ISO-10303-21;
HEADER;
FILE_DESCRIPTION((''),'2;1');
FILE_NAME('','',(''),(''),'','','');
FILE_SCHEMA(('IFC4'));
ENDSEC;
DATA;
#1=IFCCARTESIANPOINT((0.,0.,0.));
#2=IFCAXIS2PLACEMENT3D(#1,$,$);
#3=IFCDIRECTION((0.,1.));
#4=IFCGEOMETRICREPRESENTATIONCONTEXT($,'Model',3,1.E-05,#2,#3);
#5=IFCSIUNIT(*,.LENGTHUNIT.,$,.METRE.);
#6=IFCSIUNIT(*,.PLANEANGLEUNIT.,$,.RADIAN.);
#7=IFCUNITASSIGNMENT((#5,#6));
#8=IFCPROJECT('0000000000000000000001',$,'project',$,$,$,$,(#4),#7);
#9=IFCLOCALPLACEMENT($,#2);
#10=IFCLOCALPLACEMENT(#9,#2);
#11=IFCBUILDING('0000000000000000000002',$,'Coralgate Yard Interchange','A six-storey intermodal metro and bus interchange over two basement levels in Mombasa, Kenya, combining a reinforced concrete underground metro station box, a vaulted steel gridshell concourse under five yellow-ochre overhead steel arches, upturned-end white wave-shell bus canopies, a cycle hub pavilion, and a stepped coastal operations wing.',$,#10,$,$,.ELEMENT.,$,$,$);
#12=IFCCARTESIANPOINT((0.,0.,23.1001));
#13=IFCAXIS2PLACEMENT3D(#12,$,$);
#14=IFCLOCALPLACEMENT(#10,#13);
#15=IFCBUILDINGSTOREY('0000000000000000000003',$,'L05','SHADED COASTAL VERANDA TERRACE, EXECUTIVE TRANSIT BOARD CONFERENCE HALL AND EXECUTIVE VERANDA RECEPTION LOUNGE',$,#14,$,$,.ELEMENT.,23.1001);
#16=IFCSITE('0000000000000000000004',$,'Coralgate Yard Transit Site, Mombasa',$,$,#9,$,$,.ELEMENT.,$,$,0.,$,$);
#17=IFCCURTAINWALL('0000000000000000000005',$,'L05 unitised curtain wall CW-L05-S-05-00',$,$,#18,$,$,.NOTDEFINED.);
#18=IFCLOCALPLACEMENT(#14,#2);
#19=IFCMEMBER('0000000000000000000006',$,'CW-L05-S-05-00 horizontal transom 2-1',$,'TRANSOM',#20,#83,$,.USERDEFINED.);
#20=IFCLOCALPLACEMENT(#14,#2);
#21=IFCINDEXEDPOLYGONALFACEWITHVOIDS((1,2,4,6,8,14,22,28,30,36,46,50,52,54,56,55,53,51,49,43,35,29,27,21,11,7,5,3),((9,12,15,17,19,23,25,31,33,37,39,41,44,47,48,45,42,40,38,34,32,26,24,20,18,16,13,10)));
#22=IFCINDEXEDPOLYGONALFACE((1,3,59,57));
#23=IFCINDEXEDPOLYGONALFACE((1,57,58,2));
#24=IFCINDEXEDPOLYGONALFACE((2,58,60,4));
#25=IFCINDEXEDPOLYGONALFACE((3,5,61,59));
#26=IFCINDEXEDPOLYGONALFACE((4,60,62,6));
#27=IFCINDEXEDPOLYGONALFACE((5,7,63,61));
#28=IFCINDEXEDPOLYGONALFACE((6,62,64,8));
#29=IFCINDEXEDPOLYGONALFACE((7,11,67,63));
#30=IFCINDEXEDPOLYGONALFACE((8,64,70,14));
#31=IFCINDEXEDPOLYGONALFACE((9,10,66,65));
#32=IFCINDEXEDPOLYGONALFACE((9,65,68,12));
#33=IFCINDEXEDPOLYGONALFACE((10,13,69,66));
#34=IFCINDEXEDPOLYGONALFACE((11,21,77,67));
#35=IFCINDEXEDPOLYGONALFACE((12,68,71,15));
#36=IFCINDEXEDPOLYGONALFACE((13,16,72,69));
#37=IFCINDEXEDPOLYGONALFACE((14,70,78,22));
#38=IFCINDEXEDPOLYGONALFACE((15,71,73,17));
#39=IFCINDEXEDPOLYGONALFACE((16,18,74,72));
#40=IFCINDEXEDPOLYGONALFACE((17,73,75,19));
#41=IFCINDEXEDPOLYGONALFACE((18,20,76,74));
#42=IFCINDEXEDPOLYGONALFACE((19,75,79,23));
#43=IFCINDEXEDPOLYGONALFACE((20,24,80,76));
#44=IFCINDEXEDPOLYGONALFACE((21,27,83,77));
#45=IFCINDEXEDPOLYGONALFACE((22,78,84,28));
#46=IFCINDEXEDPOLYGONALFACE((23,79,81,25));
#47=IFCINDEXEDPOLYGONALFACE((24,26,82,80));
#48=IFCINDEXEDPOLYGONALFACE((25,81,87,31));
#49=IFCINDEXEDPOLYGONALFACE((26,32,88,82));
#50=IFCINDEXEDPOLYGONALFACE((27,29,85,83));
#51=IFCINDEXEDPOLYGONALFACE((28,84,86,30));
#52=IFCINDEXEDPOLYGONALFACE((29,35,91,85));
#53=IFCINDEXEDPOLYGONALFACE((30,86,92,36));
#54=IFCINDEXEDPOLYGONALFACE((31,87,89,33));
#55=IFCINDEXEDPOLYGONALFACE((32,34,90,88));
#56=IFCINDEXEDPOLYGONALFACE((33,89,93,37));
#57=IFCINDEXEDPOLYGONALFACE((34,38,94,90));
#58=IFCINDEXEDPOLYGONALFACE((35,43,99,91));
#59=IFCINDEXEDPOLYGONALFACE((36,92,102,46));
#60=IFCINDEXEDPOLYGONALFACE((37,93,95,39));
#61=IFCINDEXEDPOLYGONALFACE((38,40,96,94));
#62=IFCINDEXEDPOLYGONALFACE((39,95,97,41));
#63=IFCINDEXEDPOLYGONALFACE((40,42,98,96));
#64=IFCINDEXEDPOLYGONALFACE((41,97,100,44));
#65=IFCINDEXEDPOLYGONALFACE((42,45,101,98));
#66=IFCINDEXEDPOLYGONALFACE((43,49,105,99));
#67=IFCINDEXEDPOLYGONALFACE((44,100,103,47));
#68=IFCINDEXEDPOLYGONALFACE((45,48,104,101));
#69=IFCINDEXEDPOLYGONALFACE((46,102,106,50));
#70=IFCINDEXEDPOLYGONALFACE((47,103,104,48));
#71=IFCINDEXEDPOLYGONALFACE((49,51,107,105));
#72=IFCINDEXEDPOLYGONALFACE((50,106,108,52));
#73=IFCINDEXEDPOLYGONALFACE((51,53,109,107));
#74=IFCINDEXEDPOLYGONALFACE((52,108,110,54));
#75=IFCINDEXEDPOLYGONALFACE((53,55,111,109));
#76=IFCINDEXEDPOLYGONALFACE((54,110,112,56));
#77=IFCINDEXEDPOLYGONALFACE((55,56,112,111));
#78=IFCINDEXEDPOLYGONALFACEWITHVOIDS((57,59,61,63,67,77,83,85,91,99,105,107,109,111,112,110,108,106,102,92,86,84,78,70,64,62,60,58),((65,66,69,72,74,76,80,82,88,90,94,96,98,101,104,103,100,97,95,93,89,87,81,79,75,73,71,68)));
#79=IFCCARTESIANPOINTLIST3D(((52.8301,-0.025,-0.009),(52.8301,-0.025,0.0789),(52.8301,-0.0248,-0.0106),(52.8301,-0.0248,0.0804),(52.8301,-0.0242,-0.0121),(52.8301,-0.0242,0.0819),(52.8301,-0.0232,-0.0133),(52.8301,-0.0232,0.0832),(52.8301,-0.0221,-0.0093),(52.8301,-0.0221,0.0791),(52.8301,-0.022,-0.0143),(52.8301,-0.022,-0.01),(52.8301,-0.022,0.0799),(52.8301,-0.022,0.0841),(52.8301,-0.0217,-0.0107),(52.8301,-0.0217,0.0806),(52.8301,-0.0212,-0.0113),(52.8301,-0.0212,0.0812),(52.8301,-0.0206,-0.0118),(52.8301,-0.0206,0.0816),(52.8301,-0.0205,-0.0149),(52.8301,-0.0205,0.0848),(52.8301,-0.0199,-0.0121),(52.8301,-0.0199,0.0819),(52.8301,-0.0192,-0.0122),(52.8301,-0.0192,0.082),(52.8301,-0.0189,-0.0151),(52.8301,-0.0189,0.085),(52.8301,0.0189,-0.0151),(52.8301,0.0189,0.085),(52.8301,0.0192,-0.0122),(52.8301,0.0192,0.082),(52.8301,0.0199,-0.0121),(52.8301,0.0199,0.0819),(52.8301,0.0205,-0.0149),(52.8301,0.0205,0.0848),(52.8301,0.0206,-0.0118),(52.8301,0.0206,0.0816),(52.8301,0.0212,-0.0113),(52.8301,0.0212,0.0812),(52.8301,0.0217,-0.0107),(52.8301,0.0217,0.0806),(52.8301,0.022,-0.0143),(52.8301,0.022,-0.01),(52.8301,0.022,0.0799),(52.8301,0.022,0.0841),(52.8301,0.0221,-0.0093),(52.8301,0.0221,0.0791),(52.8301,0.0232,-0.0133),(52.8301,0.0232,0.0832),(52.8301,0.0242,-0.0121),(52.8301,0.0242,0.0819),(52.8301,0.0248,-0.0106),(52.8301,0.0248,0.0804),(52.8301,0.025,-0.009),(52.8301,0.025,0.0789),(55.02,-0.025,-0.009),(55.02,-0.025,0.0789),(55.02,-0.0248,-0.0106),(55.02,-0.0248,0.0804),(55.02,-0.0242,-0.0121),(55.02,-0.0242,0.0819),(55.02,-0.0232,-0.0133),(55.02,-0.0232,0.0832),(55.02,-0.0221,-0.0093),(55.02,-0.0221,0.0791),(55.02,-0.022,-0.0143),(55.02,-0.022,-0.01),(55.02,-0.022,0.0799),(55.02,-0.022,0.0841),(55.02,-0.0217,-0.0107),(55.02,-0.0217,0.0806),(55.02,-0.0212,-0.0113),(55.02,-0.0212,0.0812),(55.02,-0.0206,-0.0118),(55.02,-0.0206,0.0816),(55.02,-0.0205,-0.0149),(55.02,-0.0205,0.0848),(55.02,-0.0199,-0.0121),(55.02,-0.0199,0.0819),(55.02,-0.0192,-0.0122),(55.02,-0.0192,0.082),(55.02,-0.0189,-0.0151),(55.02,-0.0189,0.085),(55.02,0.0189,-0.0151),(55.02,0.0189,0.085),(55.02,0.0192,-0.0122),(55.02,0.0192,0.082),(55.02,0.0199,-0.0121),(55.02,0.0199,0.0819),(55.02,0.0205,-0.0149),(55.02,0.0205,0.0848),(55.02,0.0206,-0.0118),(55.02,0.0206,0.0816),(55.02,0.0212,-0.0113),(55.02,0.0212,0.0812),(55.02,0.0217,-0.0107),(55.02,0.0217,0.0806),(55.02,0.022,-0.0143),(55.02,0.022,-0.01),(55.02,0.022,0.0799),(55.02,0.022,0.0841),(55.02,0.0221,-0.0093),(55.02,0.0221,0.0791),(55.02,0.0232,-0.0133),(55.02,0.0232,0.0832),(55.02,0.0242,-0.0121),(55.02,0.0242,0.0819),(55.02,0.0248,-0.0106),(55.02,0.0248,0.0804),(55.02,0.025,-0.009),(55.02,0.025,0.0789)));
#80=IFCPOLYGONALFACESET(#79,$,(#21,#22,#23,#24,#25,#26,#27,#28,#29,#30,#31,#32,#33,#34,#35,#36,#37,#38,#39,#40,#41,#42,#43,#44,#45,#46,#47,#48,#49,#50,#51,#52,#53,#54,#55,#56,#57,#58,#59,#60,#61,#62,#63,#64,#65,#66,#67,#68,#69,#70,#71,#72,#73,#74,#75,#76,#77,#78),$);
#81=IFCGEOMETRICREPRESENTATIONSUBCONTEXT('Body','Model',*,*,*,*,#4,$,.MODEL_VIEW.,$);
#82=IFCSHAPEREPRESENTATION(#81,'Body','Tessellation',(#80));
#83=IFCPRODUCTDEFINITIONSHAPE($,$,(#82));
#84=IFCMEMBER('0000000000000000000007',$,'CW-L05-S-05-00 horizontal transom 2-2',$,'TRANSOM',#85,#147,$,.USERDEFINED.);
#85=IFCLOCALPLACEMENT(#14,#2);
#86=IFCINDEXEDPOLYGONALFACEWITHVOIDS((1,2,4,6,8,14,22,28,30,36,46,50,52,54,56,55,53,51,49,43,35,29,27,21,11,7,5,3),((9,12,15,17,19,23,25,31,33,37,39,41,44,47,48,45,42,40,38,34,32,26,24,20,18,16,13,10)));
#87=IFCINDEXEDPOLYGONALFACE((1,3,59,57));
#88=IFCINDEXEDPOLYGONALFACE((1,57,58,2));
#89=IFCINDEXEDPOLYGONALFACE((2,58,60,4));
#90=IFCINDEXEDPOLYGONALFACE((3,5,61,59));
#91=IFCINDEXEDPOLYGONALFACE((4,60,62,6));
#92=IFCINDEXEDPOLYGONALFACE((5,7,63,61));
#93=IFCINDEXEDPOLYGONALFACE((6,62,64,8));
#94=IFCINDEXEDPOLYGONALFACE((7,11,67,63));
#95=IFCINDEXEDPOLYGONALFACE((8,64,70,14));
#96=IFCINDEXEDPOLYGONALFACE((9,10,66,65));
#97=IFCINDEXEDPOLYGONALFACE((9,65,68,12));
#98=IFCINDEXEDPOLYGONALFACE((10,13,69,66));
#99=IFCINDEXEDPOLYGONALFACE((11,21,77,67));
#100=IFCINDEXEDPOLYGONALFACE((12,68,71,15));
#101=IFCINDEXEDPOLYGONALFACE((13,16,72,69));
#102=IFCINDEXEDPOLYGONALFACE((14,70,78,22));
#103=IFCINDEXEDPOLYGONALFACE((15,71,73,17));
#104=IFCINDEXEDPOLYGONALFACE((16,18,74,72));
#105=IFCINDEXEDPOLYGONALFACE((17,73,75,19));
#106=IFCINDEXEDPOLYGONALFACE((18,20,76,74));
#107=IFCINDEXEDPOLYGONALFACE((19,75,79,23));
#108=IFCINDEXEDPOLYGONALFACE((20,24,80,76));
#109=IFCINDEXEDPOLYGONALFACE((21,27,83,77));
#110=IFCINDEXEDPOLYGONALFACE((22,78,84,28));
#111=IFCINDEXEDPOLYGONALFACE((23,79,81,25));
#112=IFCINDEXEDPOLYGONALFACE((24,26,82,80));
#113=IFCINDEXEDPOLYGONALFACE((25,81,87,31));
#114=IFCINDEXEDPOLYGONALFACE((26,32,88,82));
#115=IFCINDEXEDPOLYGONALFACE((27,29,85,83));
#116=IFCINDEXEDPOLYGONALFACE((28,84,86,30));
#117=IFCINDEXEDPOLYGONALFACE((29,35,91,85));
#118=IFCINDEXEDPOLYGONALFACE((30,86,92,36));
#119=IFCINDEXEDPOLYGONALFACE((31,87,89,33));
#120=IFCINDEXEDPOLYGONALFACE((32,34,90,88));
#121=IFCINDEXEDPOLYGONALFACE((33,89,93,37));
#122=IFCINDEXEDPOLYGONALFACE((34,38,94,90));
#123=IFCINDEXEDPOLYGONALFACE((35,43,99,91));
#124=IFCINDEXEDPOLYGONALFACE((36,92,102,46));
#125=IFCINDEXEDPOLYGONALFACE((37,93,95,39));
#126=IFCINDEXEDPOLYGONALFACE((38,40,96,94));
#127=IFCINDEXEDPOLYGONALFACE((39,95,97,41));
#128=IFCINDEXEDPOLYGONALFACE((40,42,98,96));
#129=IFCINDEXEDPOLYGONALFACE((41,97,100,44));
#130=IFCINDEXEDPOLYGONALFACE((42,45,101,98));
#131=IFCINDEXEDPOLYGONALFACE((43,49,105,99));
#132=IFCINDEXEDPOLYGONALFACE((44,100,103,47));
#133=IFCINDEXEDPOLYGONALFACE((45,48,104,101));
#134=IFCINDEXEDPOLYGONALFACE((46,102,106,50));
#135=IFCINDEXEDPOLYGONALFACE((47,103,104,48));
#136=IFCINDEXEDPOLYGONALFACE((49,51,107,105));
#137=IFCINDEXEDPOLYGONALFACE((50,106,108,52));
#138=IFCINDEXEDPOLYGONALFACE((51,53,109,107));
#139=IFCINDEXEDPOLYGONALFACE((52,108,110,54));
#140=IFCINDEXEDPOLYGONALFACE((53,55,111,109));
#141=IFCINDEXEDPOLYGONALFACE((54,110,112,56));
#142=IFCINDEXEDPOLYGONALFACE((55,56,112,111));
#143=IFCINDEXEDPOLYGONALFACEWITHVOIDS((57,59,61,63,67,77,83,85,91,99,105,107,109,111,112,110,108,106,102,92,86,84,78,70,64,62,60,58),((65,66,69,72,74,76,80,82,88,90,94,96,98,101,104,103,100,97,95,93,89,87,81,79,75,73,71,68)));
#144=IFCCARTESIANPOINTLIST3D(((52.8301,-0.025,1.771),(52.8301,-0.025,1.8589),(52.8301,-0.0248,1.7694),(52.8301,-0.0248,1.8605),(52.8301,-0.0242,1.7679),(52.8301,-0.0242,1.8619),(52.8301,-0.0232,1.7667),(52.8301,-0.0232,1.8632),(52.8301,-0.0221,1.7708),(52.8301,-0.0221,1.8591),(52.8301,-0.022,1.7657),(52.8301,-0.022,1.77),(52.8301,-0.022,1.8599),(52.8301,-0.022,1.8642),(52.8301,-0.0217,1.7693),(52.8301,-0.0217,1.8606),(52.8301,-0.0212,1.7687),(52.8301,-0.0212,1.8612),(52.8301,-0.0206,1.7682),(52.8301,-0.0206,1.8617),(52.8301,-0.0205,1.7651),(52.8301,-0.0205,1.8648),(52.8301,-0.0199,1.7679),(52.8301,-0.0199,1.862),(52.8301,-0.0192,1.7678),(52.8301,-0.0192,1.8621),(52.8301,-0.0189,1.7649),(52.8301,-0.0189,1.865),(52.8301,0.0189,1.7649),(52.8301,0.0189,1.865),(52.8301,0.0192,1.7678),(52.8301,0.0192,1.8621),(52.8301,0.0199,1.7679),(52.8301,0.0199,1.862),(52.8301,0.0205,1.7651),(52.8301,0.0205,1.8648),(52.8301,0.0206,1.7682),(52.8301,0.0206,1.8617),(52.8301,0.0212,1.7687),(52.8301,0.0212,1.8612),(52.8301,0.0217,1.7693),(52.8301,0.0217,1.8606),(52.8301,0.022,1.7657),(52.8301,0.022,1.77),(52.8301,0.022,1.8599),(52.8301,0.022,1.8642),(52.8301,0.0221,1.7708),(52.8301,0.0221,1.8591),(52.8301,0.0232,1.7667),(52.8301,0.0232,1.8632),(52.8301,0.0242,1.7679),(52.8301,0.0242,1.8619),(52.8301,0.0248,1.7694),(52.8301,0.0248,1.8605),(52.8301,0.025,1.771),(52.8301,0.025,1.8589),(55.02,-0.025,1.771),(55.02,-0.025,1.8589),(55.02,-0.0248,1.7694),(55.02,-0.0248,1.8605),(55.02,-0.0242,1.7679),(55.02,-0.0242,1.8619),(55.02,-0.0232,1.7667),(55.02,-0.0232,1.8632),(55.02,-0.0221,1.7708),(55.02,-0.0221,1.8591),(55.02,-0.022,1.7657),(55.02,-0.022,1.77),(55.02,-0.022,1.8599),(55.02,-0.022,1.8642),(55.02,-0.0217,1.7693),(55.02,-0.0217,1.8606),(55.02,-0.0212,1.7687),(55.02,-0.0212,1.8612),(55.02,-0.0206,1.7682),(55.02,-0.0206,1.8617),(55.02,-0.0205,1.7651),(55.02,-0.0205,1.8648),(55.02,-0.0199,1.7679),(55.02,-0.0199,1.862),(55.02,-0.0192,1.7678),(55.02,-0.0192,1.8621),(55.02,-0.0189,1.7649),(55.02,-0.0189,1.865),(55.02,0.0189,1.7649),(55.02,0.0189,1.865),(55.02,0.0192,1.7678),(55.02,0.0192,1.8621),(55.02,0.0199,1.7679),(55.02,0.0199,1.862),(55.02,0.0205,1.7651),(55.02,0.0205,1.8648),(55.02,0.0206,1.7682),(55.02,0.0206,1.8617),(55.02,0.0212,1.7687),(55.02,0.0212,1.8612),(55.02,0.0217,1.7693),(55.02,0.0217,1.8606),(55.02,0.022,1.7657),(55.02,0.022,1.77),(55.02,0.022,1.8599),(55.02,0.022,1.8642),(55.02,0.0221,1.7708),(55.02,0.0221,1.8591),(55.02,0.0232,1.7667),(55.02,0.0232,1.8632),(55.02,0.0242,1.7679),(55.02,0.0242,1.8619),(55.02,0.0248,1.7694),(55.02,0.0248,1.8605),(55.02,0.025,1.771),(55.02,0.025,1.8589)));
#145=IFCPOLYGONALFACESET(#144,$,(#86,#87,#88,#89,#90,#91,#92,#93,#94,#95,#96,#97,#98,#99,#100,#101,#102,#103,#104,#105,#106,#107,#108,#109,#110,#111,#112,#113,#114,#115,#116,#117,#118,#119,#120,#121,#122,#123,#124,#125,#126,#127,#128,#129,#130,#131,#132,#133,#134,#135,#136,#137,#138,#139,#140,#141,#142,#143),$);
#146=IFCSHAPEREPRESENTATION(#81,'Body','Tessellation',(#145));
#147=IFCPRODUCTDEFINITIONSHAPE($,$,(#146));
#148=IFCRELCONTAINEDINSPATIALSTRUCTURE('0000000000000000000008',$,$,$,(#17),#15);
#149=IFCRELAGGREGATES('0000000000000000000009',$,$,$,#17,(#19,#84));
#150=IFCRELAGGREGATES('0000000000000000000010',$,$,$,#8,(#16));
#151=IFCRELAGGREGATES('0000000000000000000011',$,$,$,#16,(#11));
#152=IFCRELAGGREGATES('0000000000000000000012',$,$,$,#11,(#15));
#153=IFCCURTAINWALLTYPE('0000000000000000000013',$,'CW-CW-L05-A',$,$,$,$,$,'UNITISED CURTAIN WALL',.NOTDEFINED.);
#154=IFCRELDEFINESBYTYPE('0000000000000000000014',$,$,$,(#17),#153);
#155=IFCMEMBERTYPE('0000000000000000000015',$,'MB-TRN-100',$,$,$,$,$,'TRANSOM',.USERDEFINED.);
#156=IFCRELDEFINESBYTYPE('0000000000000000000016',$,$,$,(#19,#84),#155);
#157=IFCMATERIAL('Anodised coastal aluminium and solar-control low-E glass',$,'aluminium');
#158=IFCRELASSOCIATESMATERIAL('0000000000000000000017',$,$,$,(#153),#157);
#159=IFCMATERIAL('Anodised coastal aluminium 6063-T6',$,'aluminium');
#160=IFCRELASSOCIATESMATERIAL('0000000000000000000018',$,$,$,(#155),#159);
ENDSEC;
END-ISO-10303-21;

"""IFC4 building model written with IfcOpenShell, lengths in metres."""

from ifc_helpers import new_model, si_unit, direction, frame, origin, origin_2d, place, context, subcontext, project, spatial, hollow_rectangle, extrude, material, material_profile, profile_set, type_object, element, aggregate, save


model = new_model("IFC4")

# Units and contexts
model_context = context("Model", 3, precision=1e-05, world=origin(), true_north=direction((0.0, 1.0)))
body_context = subcontext(model_context, "Body", "Model", "MODEL_VIEW")
ifc_project = project(units=[si_unit("LENGTHUNIT", "METRE"), si_unit("PLANEANGLEUNIT", "RADIAN")], contexts=[model_context])

# Site, building, storey
site_placement = place(None, origin())
site = spatial("IfcSite", under=ifc_project, at=site_placement, Name="Coralgate Yard Transit Site, Mombasa", CompositionType="ELEMENT", RefElevation=0.0)
building_placement = place(site_placement, origin())
building = spatial("IfcBuilding", under=site, at=building_placement, Name="Coralgate Yard Interchange", Description="A six-storey intermodal metro and bus interchange over two basement levels in Mombasa, Kenya, combining a reinforced concrete underground metro station box, a vaulted steel gridshell concourse under five yellow-ochre overhead steel arches, upturned-end white wave-shell bus canopies, a cycle hub pavilion, and a stepped coastal operations wing.", CompositionType="ELEMENT")
storey_placement = place(building_placement, frame((0.0, 0.0, 23.1001)))
storey = spatial("IfcBuildingStorey", under=building, at=storey_placement, Name="L05", Description="SHADED COASTAL VERANDA TERRACE, EXECUTIVE TRANSIT BOARD CONFERENCE HALL AND EXECUTIVE VERANDA RECEPTION LOUNGE", CompositionType="ELEMENT", Elevation=23.1001)

# Curtain wall, members
ifc_material_1 = material(Name="Anodised coastal aluminium and solar-control low-E glass", Category="aluminium")
curtain_wall_type = type_object("IfcCurtainWallType", Name="CW-CW-L05-A", ElementType="UNITISED CURTAIN WALL", PredefinedType="NOTDEFINED", material=ifc_material_1)
curtain_wall_placement = place(storey_placement, origin())
curtain_wall = element("IfcCurtainWall", 1, at=curtain_wall_placement, inside=storey, type_object=curtain_wall_type, Name="L05 unitised curtain wall CW-L05-S-05-00", PredefinedType="NOTDEFINED")
ifc_material_2 = material(Name="Anodised coastal aluminium 6063-T6", Category="aluminium")
ifc_material_profile_1 = material_profile(ifc_material_2, hollow_rectangle(XDim=0.05, YDim=0.1001, WallThickness=0.0029, InnerFilletRadius=0.0029, OuterFilletRadius=0.0061, at=origin_2d()), Name="ALU 50x100x3")
ifc_profile_set_1 = profile_set([ifc_material_profile_1], Name="Anodised coastal aluminium 6063-T6")
member_type_1 = type_object("IfcMemberType", Name="MB-TRN-100", ElementType="TRANSOM", PredefinedType="USERDEFINED", material=ifc_profile_set_1)
member_1_placement = place(storey_placement, frame((55.02, 0.0, 0.0349), z_axis=(-1.0, 0.0, 0.0), x_axis=(0.0, -1.0, 0.0)))
member_1 = element("IfcMember", 2, at=member_1_placement, type_object=member_type_1, Name="CW-L05-S-05-00 horizontal transom 2-1", ObjectType="TRANSOM", PredefinedType="USERDEFINED", context=body_context, shape_type="SweptSolid", body=[
    extrude(hollow_rectangle(XDim=0.05, YDim=0.1001, WallThickness=0.0029, InnerFilletRadius=0.0029, OuterFilletRadius=0.0061, at=origin_2d()), origin(), (0.0, 0.0, 1.0), 2.1899),
])
member_2_placement = place(storey_placement, frame((55.02, 0.0, 1.8149), z_axis=(-1.0, 0.0, 0.0), x_axis=(0.0, -1.0, 0.0)))
member_2 = element("IfcMember", 3, at=member_2_placement, type_object=member_type_1, Name="CW-L05-S-05-00 horizontal transom 2-2", ObjectType="TRANSOM", PredefinedType="USERDEFINED", context=body_context, shape_type="SweptSolid", body=[
    extrude(hollow_rectangle(XDim=0.05, YDim=0.1001, WallThickness=0.0029, InnerFilletRadius=0.0029, OuterFilletRadius=0.0061, at=origin_2d()), origin(), (0.0, 0.0, 1.0), 2.1899),
])
aggregate(curtain_wall, [member_1, member_2])

save(model, "model.ifc")
